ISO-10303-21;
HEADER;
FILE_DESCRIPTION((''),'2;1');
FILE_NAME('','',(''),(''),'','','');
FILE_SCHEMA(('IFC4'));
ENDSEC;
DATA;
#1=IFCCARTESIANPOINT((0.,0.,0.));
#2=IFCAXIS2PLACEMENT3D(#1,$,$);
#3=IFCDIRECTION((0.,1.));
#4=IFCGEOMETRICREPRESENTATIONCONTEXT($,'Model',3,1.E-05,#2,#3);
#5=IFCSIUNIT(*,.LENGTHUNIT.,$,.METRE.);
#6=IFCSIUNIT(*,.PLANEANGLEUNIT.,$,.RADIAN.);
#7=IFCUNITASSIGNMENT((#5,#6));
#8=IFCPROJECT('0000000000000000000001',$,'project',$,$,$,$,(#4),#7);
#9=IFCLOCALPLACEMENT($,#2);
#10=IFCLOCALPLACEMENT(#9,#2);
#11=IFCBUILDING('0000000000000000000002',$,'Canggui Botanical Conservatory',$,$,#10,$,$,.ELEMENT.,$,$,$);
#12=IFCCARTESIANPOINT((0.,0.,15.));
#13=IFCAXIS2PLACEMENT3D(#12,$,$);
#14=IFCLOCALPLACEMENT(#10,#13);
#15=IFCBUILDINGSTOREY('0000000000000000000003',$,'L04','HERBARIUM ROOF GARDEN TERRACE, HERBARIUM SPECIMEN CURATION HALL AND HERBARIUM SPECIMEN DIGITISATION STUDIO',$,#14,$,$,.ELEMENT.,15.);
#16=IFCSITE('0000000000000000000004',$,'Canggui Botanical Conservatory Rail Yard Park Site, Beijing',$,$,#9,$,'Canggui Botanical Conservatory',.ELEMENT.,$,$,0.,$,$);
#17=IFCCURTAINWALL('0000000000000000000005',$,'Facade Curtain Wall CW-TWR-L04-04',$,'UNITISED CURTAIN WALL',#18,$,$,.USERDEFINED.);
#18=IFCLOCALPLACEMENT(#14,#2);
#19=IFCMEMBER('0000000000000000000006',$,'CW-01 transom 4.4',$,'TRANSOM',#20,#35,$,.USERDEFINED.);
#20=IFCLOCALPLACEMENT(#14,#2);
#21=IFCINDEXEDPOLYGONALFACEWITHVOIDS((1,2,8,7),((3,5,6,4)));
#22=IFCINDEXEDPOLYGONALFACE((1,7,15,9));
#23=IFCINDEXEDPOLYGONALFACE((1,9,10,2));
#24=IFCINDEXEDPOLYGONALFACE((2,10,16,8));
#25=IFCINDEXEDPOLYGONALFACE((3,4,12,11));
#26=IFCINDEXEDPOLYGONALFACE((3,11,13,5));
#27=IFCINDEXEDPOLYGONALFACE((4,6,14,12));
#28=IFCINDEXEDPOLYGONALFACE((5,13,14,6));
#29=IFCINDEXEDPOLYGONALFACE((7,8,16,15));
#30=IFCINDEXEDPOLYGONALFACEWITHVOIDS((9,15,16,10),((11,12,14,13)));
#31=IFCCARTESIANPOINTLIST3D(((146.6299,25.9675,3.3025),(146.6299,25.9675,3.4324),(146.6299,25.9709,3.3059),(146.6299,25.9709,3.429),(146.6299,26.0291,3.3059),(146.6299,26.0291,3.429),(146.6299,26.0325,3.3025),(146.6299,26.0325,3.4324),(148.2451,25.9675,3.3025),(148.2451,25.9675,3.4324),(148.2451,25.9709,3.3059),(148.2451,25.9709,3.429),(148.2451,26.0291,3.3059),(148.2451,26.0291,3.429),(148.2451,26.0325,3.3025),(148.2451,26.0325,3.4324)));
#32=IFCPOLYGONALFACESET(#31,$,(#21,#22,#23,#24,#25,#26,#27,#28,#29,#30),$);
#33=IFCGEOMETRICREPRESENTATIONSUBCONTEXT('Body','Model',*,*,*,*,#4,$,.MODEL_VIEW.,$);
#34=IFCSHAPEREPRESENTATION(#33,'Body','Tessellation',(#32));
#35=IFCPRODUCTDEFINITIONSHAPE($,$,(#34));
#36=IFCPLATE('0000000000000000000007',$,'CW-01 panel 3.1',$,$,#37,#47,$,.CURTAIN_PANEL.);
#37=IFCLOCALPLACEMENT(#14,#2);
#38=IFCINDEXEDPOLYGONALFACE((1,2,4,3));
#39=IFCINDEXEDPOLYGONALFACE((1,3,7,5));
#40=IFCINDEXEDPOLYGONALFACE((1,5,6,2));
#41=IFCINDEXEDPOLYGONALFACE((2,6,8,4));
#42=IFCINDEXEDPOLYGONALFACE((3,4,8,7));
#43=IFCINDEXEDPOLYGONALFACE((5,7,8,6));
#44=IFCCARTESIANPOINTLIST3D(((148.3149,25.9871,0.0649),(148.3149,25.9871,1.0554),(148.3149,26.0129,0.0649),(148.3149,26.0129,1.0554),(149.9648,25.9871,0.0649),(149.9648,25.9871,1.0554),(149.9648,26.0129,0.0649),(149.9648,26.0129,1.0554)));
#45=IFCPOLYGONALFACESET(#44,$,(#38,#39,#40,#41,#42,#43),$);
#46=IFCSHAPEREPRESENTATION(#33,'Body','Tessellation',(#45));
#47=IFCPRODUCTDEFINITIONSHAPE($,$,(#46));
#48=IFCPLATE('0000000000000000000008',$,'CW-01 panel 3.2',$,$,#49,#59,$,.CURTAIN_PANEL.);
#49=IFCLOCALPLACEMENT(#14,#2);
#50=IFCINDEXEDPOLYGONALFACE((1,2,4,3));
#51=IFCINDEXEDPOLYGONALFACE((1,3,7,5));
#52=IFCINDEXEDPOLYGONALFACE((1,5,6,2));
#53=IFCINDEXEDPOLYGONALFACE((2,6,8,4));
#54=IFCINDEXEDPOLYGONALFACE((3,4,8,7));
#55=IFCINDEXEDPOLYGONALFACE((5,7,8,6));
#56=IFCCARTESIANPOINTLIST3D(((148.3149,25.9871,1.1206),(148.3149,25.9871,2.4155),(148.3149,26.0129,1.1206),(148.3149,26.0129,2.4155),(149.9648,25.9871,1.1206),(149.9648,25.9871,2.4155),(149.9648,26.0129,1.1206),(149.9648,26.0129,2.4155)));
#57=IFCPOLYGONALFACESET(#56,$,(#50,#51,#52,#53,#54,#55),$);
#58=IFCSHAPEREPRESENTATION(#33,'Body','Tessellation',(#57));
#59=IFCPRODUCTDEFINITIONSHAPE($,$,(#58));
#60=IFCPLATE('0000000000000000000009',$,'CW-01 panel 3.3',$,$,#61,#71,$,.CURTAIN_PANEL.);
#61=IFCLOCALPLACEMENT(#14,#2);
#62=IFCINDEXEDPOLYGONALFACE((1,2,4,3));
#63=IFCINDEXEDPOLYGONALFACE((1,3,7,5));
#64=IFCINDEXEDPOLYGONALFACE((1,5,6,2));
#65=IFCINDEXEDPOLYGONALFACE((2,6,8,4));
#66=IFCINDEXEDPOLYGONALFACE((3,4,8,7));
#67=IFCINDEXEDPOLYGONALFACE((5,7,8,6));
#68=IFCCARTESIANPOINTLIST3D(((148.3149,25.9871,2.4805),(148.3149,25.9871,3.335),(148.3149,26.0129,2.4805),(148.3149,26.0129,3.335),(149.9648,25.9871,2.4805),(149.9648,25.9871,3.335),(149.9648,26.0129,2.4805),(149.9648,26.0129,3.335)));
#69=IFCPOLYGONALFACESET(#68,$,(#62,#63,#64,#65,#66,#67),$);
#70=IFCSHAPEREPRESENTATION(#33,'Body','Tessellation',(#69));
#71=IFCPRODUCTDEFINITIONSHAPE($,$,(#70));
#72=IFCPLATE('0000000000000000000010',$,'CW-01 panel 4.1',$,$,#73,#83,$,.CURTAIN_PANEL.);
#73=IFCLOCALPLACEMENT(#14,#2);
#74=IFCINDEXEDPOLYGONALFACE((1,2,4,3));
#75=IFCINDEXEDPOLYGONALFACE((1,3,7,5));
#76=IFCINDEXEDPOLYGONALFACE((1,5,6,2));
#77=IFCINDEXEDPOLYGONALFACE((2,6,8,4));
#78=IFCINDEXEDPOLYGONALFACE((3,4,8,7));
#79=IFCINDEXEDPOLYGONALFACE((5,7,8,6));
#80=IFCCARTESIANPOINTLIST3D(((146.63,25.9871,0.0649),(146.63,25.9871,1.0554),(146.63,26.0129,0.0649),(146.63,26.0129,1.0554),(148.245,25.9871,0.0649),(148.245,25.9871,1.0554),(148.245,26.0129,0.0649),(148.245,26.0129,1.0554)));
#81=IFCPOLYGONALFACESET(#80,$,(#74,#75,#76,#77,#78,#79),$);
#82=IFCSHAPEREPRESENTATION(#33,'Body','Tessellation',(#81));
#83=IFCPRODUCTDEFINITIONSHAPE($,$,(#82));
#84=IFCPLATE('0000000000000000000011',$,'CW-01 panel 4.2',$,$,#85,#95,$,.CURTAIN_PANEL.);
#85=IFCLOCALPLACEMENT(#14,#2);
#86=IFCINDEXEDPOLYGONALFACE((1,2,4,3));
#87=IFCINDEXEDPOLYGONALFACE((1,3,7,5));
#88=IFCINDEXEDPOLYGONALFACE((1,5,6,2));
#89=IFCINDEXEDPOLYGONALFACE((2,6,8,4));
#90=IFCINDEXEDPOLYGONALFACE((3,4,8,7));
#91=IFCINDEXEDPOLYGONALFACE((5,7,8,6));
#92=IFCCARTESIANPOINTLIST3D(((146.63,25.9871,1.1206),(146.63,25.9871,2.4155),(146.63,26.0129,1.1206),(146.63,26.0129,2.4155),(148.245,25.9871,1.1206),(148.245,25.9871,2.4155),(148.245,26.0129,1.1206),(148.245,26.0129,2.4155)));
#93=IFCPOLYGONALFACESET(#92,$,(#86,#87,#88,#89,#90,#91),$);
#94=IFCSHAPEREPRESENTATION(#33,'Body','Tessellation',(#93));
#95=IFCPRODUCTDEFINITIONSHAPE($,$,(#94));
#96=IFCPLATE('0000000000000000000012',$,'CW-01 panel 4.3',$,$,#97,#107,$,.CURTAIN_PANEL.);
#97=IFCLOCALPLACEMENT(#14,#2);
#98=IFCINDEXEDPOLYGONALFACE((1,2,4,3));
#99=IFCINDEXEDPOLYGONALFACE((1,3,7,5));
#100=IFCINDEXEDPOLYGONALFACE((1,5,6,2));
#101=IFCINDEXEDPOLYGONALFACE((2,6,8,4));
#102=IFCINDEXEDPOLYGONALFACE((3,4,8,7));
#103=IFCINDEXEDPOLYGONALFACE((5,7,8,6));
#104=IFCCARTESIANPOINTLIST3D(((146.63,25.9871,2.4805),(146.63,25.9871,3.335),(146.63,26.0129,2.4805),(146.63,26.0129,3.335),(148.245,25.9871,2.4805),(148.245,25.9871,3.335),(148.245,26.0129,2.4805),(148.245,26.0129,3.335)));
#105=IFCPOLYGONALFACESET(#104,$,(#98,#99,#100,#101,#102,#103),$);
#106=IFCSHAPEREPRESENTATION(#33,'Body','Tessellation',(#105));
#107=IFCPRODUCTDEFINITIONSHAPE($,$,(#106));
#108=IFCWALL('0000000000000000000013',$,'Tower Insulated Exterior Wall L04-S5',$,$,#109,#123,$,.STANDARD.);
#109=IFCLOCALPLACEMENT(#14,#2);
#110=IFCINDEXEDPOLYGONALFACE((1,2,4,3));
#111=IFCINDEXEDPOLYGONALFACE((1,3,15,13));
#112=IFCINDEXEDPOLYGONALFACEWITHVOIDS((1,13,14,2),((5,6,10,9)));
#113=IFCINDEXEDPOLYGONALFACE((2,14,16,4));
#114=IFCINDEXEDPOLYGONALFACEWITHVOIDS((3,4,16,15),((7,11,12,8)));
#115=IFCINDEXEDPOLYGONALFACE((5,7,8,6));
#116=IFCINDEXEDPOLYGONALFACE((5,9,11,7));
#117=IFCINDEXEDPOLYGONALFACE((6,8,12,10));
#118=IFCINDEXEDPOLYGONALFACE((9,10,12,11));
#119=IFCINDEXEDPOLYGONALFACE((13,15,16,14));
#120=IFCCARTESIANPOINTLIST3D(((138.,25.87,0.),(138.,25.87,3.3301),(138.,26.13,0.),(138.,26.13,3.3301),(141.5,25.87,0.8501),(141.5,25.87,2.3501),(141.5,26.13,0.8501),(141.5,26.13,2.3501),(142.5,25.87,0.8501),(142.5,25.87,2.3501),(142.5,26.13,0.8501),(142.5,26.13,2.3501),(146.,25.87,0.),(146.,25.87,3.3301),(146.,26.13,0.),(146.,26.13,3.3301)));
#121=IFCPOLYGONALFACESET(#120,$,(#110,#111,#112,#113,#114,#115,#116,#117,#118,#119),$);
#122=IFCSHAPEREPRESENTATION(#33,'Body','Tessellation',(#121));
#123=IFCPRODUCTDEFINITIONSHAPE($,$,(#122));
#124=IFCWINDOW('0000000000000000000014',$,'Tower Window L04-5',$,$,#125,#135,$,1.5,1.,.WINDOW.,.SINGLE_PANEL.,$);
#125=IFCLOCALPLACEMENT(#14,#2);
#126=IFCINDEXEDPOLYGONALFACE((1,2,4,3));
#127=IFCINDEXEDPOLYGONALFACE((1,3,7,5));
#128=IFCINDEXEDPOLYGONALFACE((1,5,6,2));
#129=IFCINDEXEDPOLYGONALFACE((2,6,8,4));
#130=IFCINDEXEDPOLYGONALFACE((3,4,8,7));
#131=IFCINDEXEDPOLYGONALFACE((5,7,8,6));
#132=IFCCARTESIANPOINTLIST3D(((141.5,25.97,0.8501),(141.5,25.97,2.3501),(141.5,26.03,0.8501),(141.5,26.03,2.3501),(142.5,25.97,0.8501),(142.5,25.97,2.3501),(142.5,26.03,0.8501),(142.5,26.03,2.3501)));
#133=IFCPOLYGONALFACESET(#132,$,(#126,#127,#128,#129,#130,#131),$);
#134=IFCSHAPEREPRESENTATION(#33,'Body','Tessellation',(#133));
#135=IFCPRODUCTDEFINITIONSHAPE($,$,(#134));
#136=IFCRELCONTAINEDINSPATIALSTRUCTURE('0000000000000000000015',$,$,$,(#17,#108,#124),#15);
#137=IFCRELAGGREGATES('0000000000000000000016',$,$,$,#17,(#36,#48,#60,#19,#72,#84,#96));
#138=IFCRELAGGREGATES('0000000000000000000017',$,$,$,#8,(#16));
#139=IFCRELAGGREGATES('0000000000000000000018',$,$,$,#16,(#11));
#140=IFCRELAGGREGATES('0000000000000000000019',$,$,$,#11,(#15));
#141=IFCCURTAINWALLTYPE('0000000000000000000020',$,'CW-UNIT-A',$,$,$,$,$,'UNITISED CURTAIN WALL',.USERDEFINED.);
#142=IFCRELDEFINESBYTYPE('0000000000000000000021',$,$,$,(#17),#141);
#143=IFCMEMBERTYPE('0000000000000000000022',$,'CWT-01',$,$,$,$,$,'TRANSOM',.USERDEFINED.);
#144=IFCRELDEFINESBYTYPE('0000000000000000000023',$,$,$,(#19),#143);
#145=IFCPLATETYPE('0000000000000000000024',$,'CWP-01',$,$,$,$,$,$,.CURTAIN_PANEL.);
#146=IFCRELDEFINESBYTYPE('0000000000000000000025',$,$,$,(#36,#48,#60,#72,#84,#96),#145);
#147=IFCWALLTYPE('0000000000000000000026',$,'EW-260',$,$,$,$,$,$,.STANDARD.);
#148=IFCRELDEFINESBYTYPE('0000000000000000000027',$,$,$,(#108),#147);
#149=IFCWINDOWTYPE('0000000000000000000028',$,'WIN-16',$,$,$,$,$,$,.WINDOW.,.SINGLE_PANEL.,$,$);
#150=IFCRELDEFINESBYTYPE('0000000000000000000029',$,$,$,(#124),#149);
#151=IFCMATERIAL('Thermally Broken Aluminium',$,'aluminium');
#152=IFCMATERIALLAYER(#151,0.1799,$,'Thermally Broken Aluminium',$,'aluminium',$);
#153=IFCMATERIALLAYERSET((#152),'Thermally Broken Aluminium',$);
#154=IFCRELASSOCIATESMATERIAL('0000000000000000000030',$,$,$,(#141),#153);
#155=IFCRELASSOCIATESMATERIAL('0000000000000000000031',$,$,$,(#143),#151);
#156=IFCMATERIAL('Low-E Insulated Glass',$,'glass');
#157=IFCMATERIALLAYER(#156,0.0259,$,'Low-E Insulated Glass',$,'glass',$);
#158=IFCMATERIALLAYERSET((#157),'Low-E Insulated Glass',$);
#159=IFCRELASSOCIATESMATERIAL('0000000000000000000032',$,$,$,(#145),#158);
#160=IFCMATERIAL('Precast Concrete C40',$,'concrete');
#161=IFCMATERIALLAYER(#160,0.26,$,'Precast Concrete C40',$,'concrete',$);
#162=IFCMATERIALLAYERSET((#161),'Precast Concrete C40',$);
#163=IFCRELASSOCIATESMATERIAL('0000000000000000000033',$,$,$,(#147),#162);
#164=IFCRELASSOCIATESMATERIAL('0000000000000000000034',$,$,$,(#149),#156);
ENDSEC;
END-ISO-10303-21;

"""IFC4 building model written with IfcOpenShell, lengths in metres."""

from ifc_helpers import new_model, si_unit, direction, frame, frame_2d, origin, origin_2d, place, context, subcontext, project, spatial, rectangle, hollow_rectangle, extrude, material, layer, layer_set, material_profile, profile_set, type_object, element, fill, aggregate, save


model = new_model("IFC4")

# Units and contexts
model_context = context("Model", 3, precision=1e-05, world=origin(), true_north=direction((0.0, 1.0)))
body_context = subcontext(model_context, "Body", "Model", "MODEL_VIEW")
ifc_project = project(units=[si_unit("LENGTHUNIT", "METRE"), si_unit("PLANEANGLEUNIT", "RADIAN")], contexts=[model_context])

# Site, building, storey
site_placement = place(None, origin())
site = spatial("IfcSite", under=ifc_project, at=site_placement, Name="Canggui Botanical Conservatory Rail Yard Park Site, Beijing", LongName="Canggui Botanical Conservatory", CompositionType="ELEMENT", RefElevation=0.0)
building_placement = place(site_placement, origin())
building = spatial("IfcBuilding", under=site, at=building_placement, Name="Canggui Botanical Conservatory", CompositionType="ELEMENT")
storey_placement = place(building_placement, frame((0.0, 0.0, 15.0)))
storey = spatial("IfcBuildingStorey", under=building, at=storey_placement, Name="L04", Description="HERBARIUM ROOF GARDEN TERRACE, HERBARIUM SPECIMEN CURATION HALL AND HERBARIUM SPECIMEN DIGITISATION STUDIO", CompositionType="ELEMENT", Elevation=15.0)

# Curtain wall, member, plates
ifc_material_1 = material(Name="Thermally Broken Aluminium", Category="aluminium")
ifc_layer_1 = layer(ifc_material_1, 0.1799, Name="Thermally Broken Aluminium", Category="aluminium")
ifc_layer_set_1 = layer_set([ifc_layer_1], Name="Thermally Broken Aluminium")
curtain_wall_type = type_object("IfcCurtainWallType", Name="CW-UNIT-A", ElementType="UNITISED CURTAIN WALL", PredefinedType="USERDEFINED", material=ifc_layer_set_1)
curtain_wall_placement = place(storey_placement, origin())
curtain_wall = element("IfcCurtainWall", 1, at=curtain_wall_placement, inside=storey, type_object=curtain_wall_type, Name="Facade Curtain Wall CW-TWR-L04-04", ObjectType="UNITISED CURTAIN WALL", PredefinedType="USERDEFINED")
ifc_material_profile_1 = material_profile(ifc_material_1, hollow_rectangle(XDim=0.0649, YDim=0.1299, WallThickness=0.0034, at=origin_2d()), Name="CWT 65x130x3.5")
ifc_profile_set_1 = profile_set([ifc_material_profile_1], Name="Thermally Broken Aluminium")
member_type_1 = type_object("IfcMemberType", Name="CWT-01", ElementType="TRANSOM", PredefinedType="USERDEFINED", material=ifc_profile_set_1)
member_1_placement = place(storey_placement, frame((148.2451, 26.0, 3.3674), z_axis=(-1.0, 0.0, 0.0), x_axis=(0.0, -1.0, 0.0)))
member_1 = element("IfcMember", 2, at=member_1_placement, type_object=member_type_1, Name="CW-01 transom 4.4", ObjectType="TRANSOM", PredefinedType="USERDEFINED", context=body_context, shape_type="SweptSolid", body=[
    extrude(hollow_rectangle(XDim=0.0649, YDim=0.1299, WallThickness=0.0034, at=origin_2d()), origin(), (0.0, 0.0, 1.0), 1.6152),
])
ifc_material_2 = material(Name="Low-E Insulated Glass", Category="glass")
ifc_layer_2 = layer(ifc_material_2, 0.0259, Name="Low-E Insulated Glass", Category="glass")
ifc_layer_set_2 = layer_set([ifc_layer_2], Name="Low-E Insulated Glass")
plate_type = type_object("IfcPlateType", Name="CWP-01", PredefinedType="CURTAIN_PANEL", material=ifc_layer_set_2)
plate_1_placement = place(storey_placement, frame((149.1399, 26.0, 0.0649), z_axis=(0.0, 0.0, 1.0), x_axis=(-1.0, 0.0, 0.0)))
plate_1 = element("IfcPlate", 3, at=plate_1_placement, type_object=plate_type, Name="CW-01 panel 3.1", PredefinedType="CURTAIN_PANEL", context=body_context, shape_type="SweptSolid", body=[
    extrude(rectangle(XDim=1.6499, YDim=0.0259, at=origin_2d()), origin(), (0.0, 0.0, 1.0), 0.9905),
])
plate_2_placement = place(storey_placement, frame((149.1399, 26.0, 1.1206), z_axis=(0.0, 0.0, 1.0), x_axis=(-1.0, 0.0, 0.0)))
plate_2 = element("IfcPlate", 4, at=plate_2_placement, type_object=plate_type, Name="CW-01 panel 3.2", PredefinedType="CURTAIN_PANEL", context=body_context, shape_type="SweptSolid", body=[
    extrude(rectangle(XDim=1.6499, YDim=0.0259, at=origin_2d()), origin(), (0.0, 0.0, 1.0), 1.2949),
])
plate_3_placement = place(storey_placement, frame((149.1399, 26.0, 2.4805), z_axis=(0.0, 0.0, 1.0), x_axis=(-1.0, 0.0, 0.0)))
plate_3 = element("IfcPlate", 5, at=plate_3_placement, type_object=plate_type, Name="CW-01 panel 3.3", PredefinedType="CURTAIN_PANEL", context=body_context, shape_type="SweptSolid", body=[
    extrude(rectangle(XDim=1.6499, YDim=0.0259, at=origin_2d()), origin(), (0.0, 0.0, 1.0), 0.8545),
])
plate_4_placement = place(storey_placement, frame((147.4375, 26.0, 0.0649), z_axis=(0.0, 0.0, 1.0), x_axis=(-1.0, 0.0, 0.0)))
plate_4 = element("IfcPlate", 6, at=plate_4_placement, type_object=plate_type, Name="CW-01 panel 4.1", PredefinedType="CURTAIN_PANEL", context=body_context, shape_type="SweptSolid", body=[
    extrude(rectangle(XDim=1.615, YDim=0.0259, at=origin_2d()), origin(), (0.0, 0.0, 1.0), 0.9905),
])
plate_5_placement = place(storey_placement, frame((147.4375, 26.0, 1.1206), z_axis=(0.0, 0.0, 1.0), x_axis=(-1.0, 0.0, 0.0)))
plate_5 = element("IfcPlate", 7, at=plate_5_placement, type_object=plate_type, Name="CW-01 panel 4.2", PredefinedType="CURTAIN_PANEL", context=body_context, shape_type="SweptSolid", body=[
    extrude(rectangle(XDim=1.615, YDim=0.0259, at=origin_2d()), origin(), (0.0, 0.0, 1.0), 1.2949),
])
plate_6_placement = place(storey_placement, frame((147.4375, 26.0, 2.4805), z_axis=(0.0, 0.0, 1.0), x_axis=(-1.0, 0.0, 0.0)))
plate_6 = element("IfcPlate", 8, at=plate_6_placement, type_object=plate_type, Name="CW-01 panel 4.3", PredefinedType="CURTAIN_PANEL", context=body_context, shape_type="SweptSolid", body=[
    extrude(rectangle(XDim=1.615, YDim=0.0259, at=origin_2d()), origin(), (0.0, 0.0, 1.0), 0.8545),
])
aggregate(curtain_wall, [plate_1, plate_2, plate_3, member_1, plate_4, plate_5, plate_6])

# Wall, opening, window
ifc_material_3 = material(Name="Precast Concrete C40", Category="concrete")
ifc_layer_3 = layer(ifc_material_3, 0.26, Name="Precast Concrete C40", Category="concrete")
ifc_layer_set_3 = layer_set([ifc_layer_3], Name="Precast Concrete C40")
wall_type = type_object("IfcWallType", Name="EW-260", PredefinedType="STANDARD", material=ifc_layer_set_3)
wall_placement = place(storey_placement, frame((146.0, 26.0, 0.0), z_axis=(0.0, 0.0, 1.0), x_axis=(-1.0, 0.0, 0.0)))
wall = element("IfcWall", 9, at=wall_placement, inside=storey, type_object=wall_type, Name="Tower Insulated Exterior Wall L04-S5", PredefinedType="STANDARD", context=body_context, shape_type="SweptSolid", body=[
    extrude(rectangle(XDim=8.0, YDim=0.26, at=frame_2d((4.0, 0.0))), origin(), (0.0, 0.0, 1.0), 3.3301),
])
opening_placement = place(wall_placement, frame((3.5, 0.0, 0.8501)))
opening = element("IfcOpeningElement", 10, at=opening_placement, cuts=wall, PredefinedType="OPENING", context=body_context, shape_type="SweptSolid", body=[
    extrude(rectangle(XDim=1.0, YDim=1.5, at=frame_2d((0.5, 0.75))), frame((0.0, 0.1401, 0.0), z_axis=(0.0, -1.0, 0.0), x_axis=(1.0, 0.0, 0.0)), (0.0, 0.0, 1.0), 0.28),
])
window_type = type_object("IfcWindowType", Name="WIN-16", PartitioningType="SINGLE_PANEL", PredefinedType="WINDOW", material=ifc_material_2)
window_placement = place(opening_placement, origin())
window = element("IfcWindow", 11, at=window_placement, inside=storey, type_object=window_type, Name="Tower Window L04-5", OverallHeight=1.5, OverallWidth=1.0, PartitioningType="SINGLE_PANEL", PredefinedType="WINDOW", context=body_context, shape_type="SweptSolid", body=[
    extrude(rectangle(XDim=1.0, YDim=1.5, at=frame_2d((0.5, 0.75))), frame((0.0, 0.03, 0.0), z_axis=(0.0, -1.0, 0.0), x_axis=(1.0, 0.0, 0.0)), (0.0, 0.0, 1.0), 0.0601),
])
fill(opening, window)

save(model, "model.ifc")
